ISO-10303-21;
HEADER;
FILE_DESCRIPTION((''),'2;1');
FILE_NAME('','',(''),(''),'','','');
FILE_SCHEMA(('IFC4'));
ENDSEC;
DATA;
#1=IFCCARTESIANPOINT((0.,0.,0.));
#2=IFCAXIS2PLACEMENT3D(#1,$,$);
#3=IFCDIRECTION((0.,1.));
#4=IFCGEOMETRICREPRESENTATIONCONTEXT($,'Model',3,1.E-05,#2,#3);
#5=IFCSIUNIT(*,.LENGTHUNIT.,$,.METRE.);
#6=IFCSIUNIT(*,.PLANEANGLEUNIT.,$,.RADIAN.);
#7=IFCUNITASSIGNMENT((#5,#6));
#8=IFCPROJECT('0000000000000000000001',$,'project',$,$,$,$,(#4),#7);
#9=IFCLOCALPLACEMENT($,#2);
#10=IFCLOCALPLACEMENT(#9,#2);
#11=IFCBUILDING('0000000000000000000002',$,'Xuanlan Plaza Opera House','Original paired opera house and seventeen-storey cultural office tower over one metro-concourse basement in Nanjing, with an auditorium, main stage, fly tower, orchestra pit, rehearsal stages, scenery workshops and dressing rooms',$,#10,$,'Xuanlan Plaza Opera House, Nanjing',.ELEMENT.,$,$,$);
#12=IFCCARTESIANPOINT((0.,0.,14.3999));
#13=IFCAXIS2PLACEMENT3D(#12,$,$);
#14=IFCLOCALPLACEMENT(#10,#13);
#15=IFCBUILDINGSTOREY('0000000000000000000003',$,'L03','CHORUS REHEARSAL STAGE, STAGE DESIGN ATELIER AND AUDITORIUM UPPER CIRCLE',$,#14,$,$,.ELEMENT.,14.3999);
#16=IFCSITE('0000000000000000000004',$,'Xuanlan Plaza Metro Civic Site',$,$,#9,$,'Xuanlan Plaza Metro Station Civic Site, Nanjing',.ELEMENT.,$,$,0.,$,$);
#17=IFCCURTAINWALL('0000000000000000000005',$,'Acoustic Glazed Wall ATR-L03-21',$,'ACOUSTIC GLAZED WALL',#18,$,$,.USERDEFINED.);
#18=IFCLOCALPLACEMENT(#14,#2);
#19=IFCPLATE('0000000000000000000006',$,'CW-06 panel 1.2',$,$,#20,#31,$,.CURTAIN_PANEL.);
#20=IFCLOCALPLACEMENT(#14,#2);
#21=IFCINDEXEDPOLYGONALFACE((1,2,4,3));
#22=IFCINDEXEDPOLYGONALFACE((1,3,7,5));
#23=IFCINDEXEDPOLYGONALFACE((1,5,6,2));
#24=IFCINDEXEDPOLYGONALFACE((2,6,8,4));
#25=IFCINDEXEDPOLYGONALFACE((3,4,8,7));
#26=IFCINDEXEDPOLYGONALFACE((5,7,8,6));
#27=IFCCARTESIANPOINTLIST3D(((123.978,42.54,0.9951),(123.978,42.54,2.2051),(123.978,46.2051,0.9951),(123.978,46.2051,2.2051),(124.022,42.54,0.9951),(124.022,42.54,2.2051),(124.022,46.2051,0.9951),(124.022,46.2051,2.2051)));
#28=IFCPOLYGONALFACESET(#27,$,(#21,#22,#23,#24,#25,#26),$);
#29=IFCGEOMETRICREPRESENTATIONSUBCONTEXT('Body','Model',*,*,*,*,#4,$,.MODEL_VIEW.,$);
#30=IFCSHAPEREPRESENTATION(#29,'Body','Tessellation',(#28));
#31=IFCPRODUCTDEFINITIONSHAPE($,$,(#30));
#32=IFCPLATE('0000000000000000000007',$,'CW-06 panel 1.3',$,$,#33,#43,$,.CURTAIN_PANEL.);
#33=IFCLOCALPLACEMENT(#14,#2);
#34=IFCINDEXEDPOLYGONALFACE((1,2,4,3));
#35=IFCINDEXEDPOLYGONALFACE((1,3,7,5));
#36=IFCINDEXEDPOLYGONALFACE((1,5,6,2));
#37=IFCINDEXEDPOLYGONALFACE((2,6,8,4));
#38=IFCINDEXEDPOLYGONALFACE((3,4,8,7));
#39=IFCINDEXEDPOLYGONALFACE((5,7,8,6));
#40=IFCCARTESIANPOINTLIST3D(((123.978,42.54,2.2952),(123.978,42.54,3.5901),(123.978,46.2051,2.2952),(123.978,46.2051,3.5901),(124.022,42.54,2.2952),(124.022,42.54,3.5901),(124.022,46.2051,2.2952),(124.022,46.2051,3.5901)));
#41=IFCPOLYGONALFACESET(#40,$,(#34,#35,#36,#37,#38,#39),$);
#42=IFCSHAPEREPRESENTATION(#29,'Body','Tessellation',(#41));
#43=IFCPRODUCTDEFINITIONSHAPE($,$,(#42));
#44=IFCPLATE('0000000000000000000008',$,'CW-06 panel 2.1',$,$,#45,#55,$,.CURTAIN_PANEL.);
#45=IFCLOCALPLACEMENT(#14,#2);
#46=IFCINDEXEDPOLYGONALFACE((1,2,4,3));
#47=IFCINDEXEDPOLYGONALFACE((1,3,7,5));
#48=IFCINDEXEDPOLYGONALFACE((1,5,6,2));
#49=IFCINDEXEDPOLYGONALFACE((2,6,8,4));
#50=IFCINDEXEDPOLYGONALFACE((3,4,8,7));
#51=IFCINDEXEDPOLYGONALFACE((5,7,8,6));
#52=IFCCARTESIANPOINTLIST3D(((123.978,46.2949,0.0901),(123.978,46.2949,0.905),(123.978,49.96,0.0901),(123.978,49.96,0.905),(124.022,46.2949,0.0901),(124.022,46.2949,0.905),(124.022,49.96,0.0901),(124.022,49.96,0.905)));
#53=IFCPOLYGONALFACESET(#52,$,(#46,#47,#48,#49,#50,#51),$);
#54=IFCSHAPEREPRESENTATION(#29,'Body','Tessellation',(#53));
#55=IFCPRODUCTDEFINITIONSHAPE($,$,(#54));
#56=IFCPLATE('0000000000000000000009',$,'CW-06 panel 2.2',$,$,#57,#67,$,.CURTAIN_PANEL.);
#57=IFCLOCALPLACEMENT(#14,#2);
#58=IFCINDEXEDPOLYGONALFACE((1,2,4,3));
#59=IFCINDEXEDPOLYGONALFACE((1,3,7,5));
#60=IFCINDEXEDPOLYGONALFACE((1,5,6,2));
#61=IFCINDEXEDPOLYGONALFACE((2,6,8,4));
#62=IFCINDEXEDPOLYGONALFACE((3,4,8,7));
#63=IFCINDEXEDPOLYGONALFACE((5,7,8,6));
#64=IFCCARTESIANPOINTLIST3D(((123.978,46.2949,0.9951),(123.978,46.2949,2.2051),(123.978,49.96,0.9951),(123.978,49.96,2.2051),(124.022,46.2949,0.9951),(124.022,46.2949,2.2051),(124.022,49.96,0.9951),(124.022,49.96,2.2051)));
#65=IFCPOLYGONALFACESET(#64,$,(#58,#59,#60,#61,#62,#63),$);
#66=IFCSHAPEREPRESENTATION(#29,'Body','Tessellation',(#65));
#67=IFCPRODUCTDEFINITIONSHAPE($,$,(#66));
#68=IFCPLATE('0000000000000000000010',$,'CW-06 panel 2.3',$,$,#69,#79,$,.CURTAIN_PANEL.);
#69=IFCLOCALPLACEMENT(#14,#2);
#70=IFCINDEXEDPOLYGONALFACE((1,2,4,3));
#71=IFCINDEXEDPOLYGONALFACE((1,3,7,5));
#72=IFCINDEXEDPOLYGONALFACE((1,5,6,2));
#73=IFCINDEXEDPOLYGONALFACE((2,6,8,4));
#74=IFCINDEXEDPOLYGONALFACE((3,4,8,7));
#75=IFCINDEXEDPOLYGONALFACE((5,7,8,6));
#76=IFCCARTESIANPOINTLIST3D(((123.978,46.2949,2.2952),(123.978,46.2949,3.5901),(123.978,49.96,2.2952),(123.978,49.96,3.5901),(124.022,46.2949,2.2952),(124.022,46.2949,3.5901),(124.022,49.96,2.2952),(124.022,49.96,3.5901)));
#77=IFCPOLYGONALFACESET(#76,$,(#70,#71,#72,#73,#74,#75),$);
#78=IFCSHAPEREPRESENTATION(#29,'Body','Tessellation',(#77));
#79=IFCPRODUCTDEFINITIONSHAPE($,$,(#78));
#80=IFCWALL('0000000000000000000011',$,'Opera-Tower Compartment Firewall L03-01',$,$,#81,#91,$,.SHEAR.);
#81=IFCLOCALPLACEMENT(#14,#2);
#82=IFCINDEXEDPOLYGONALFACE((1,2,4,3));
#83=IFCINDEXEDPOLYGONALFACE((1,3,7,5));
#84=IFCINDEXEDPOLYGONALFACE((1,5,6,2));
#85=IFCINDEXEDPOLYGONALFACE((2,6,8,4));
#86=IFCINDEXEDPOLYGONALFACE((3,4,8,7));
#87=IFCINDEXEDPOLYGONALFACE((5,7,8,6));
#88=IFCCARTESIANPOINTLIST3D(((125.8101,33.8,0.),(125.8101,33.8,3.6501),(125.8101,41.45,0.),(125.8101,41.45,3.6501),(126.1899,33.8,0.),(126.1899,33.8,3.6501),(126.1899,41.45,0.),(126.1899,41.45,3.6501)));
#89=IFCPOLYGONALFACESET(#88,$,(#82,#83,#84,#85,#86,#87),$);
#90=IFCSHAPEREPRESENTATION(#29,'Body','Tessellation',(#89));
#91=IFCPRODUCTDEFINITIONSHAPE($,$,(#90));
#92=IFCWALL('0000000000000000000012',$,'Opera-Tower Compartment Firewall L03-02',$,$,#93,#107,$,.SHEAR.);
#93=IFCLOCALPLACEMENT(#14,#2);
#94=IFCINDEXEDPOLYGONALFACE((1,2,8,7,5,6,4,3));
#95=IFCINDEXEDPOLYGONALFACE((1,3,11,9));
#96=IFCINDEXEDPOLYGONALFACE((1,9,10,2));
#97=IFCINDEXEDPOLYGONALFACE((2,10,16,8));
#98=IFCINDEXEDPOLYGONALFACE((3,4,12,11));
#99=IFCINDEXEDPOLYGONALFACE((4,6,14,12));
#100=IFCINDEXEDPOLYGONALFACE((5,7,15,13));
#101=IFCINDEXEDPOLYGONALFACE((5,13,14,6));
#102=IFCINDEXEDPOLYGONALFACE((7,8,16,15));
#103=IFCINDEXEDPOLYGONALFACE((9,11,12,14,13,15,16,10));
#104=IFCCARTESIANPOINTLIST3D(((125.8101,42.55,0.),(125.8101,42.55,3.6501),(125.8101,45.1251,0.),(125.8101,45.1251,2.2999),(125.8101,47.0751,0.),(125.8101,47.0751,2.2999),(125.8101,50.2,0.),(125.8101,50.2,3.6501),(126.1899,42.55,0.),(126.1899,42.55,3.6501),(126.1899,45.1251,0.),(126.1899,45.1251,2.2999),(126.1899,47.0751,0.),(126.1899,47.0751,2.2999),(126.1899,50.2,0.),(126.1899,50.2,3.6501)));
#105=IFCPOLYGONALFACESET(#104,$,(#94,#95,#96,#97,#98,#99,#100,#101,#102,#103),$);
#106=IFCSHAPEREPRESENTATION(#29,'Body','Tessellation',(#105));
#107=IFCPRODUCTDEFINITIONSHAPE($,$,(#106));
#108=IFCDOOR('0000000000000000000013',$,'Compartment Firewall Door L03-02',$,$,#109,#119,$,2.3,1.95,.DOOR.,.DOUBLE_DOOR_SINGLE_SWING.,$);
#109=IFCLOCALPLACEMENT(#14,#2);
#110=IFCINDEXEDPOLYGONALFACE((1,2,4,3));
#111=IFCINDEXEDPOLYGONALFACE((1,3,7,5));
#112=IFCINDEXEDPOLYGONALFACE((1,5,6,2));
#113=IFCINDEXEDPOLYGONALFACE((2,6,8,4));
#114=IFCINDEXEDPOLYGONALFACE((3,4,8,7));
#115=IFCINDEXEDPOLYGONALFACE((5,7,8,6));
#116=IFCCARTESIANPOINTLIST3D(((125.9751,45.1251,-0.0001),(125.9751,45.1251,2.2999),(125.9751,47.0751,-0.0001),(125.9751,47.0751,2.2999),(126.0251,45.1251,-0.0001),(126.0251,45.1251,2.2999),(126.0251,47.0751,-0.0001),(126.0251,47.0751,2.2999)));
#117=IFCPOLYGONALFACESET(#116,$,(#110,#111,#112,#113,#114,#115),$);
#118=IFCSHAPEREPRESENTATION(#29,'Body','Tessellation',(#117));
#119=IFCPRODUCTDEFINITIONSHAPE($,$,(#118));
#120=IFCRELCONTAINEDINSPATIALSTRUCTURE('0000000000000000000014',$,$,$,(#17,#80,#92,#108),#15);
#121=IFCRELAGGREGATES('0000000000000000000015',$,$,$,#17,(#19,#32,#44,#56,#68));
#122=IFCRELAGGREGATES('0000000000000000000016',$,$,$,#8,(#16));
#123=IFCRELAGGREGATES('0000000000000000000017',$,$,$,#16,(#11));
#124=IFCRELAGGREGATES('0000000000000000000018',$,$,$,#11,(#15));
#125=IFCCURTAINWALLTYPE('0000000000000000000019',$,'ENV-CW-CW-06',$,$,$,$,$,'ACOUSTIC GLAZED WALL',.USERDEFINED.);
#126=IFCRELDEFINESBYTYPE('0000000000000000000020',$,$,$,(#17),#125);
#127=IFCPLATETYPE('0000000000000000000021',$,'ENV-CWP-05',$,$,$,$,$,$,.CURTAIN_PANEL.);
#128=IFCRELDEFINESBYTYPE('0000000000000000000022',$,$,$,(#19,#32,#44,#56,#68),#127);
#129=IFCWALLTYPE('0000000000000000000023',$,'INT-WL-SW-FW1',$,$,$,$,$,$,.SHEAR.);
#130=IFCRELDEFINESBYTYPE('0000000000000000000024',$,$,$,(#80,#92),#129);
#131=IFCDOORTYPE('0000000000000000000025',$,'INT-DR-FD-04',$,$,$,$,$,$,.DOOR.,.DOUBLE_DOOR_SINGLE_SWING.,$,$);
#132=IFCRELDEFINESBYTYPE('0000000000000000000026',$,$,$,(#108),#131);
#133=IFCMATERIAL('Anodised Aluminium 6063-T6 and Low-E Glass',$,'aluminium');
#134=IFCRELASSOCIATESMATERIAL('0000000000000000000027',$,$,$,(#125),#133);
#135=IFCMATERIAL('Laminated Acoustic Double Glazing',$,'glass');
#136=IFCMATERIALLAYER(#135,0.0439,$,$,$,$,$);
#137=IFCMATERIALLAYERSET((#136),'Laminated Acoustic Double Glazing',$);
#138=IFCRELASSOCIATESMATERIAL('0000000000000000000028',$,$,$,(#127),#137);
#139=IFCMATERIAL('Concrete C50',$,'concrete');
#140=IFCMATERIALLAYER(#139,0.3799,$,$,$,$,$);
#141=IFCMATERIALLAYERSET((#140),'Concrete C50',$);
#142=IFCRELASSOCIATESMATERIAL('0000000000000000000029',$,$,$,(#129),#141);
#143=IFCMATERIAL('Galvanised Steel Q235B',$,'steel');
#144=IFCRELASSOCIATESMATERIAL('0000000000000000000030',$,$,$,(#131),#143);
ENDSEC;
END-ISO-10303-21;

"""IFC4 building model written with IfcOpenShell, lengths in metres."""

from ifc_helpers import new_model, si_unit, direction, frame, frame_2d, origin, origin_2d, place, context, subcontext, project, spatial, rectangle, extrude, material, layer, layer_set, type_object, element, fill, aggregate, save


model = new_model("IFC4")

# Units and contexts
model_context = context("Model", 3, precision=1e-05, world=origin(), true_north=direction((0.0, 1.0)))
body_context = subcontext(model_context, "Body", "Model", "MODEL_VIEW")
ifc_project = project(units=[si_unit("LENGTHUNIT", "METRE"), si_unit("PLANEANGLEUNIT", "RADIAN")], contexts=[model_context])

# Site, building, storey
site_placement = place(None, origin())
site = spatial("IfcSite", under=ifc_project, at=site_placement, Name="Xuanlan Plaza Metro Civic Site", LongName="Xuanlan Plaza Metro Station Civic Site, Nanjing", CompositionType="ELEMENT", RefElevation=0.0)
building_placement = place(site_placement, origin())
building = spatial("IfcBuilding", under=site, at=building_placement, Name="Xuanlan Plaza Opera House", Description="Original paired opera house and seventeen-storey cultural office tower over one metro-concourse basement in Nanjing, with an auditorium, main stage, fly tower, orchestra pit, rehearsal stages, scenery workshops and dressing rooms", LongName="Xuanlan Plaza Opera House, Nanjing", CompositionType="ELEMENT")
storey_placement = place(building_placement, frame((0.0, 0.0, 14.3999)))
storey = spatial("IfcBuildingStorey", under=building, at=storey_placement, Name="L03", Description="CHORUS REHEARSAL STAGE, STAGE DESIGN ATELIER AND AUDITORIUM UPPER CIRCLE", CompositionType="ELEMENT", Elevation=14.3999)

# Shared definitions
ifc_material_1 = material(Name="Concrete C50", Category="concrete")

# Curtain wall
ifc_material_2 = material(Name="Anodised Aluminium 6063-T6 and Low-E Glass", Category="aluminium")
curtain_wall_type = type_object("IfcCurtainWallType", Name="ENV-CW-CW-06", ElementType="ACOUSTIC GLAZED WALL", PredefinedType="USERDEFINED", material=ifc_material_2)
curtain_wall_placement = place(storey_placement, origin())
curtain_wall = element("IfcCurtainWall", 1, at=curtain_wall_placement, inside=storey, type_object=curtain_wall_type, Name="Acoustic Glazed Wall ATR-L03-21", ObjectType="ACOUSTIC GLAZED WALL", PredefinedType="USERDEFINED")

# Plates
ifc_material_3 = material(Name="Laminated Acoustic Double Glazing", Category="glass")
ifc_layer_1 = layer(ifc_material_3, 0.0439)
ifc_layer_set_1 = layer_set([ifc_layer_1], Name="Laminated Acoustic Double Glazing")
plate_type = type_object("IfcPlateType", Name="ENV-CWP-05", PredefinedType="CURTAIN_PANEL", material=ifc_layer_set_1)
plate_1_placement = place(storey_placement, frame((124.0, 44.3726, 0.9951), z_axis=(0.0, 0.0, 1.0), x_axis=(0.0, 1.0, 0.0)))
plate_1 = element("IfcPlate", 2, at=plate_1_placement, type_object=plate_type, Name="CW-06 panel 1.2", PredefinedType="CURTAIN_PANEL", context=body_context, shape_type="SweptSolid", body=[
    extrude(rectangle(XDim=3.665, YDim=0.0439, at=origin_2d()), origin(), (0.0, 0.0, 1.0), 1.21),
])
plate_2_placement = place(storey_placement, frame((124.0, 44.3726, 2.2952), z_axis=(0.0, 0.0, 1.0), x_axis=(0.0, 1.0, 0.0)))
plate_2 = element("IfcPlate", 3, at=plate_2_placement, type_object=plate_type, Name="CW-06 panel 1.3", PredefinedType="CURTAIN_PANEL", context=body_context, shape_type="SweptSolid", body=[
    extrude(rectangle(XDim=3.665, YDim=0.0439, at=origin_2d()), origin(), (0.0, 0.0, 1.0), 1.2949),
])
plate_3_placement = place(storey_placement, frame((124.0, 48.1274, 0.0901), z_axis=(0.0, 0.0, 1.0), x_axis=(0.0, 1.0, 0.0)))
plate_3 = element("IfcPlate", 4, at=plate_3_placement, type_object=plate_type, Name="CW-06 panel 2.1", PredefinedType="CURTAIN_PANEL", context=body_context, shape_type="SweptSolid", body=[
    extrude(rectangle(XDim=3.665, YDim=0.0439, at=origin_2d()), origin(), (0.0, 0.0, 1.0), 0.8149),
])
plate_4_placement = place(storey_placement, frame((124.0, 48.1274, 0.9951), z_axis=(0.0, 0.0, 1.0), x_axis=(0.0, 1.0, 0.0)))
plate_4 = element("IfcPlate", 5, at=plate_4_placement, type_object=plate_type, Name="CW-06 panel 2.2", PredefinedType="CURTAIN_PANEL", context=body_context, shape_type="SweptSolid", body=[
    extrude(rectangle(XDim=3.665, YDim=0.0439, at=origin_2d()), origin(), (0.0, 0.0, 1.0), 1.21),
])
plate_5_placement = place(storey_placement, frame((124.0, 48.1274, 2.2952), z_axis=(0.0, 0.0, 1.0), x_axis=(0.0, 1.0, 0.0)))
plate_5 = element("IfcPlate", 6, at=plate_5_placement, type_object=plate_type, Name="CW-06 panel 2.3", PredefinedType="CURTAIN_PANEL", context=body_context, shape_type="SweptSolid", body=[
    extrude(rectangle(XDim=3.665, YDim=0.0439, at=origin_2d()), origin(), (0.0, 0.0, 1.0), 1.2949),
])
aggregate(curtain_wall, [plate_1, plate_2, plate_3, plate_4, plate_5])

# Wall
ifc_layer_2 = layer(ifc_material_1, 0.3799)
ifc_layer_set_2 = layer_set([ifc_layer_2], Name="Concrete C50")
wall_type = type_object("IfcWallType", Name="INT-WL-SW-FW1", PredefinedType="SHEAR", material=ifc_layer_set_2)
wall_1_placement = place(storey_placement, frame((126.0, 33.8, 0.0), z_axis=(0.0, 0.0, 1.0), x_axis=(0.0, 1.0, 0.0)))
element("IfcWall", 7, at=wall_1_placement, inside=storey, type_object=wall_type, Name="Opera-Tower Compartment Firewall L03-01", PredefinedType="SHEAR", context=body_context, shape_type="SweptSolid", body=[
    extrude(rectangle(XDim=7.6499, YDim=0.3799, at=frame_2d((3.825, 0.0))), origin(), (0.0, 0.0, 1.0), 3.6501),
])

# Wall, opening, door
wall_2_placement = place(storey_placement, frame((126.0, 42.55, 0.0), z_axis=(0.0, 0.0, 1.0), x_axis=(0.0, 1.0, 0.0)))
wall_2 = element("IfcWall", 8, at=wall_2_placement, inside=storey, type_object=wall_type, Name="Opera-Tower Compartment Firewall L03-02", PredefinedType="SHEAR", context=body_context, shape_type="SweptSolid", body=[
    extrude(rectangle(XDim=7.6499, YDim=0.3799, at=frame_2d((3.825, 0.0))), origin(), (0.0, 0.0, 1.0), 3.6501),
])
opening_placement = place(wall_2_placement, frame((2.575, 0.0, 0.0)))
opening = element("IfcOpeningElement", 9, at=opening_placement, cuts=wall_2, PredefinedType="OPENING", context=body_context, shape_type="SweptSolid", body=[
    extrude(rectangle(XDim=1.95, YDim=2.3, at=frame_2d((0.9751, 1.1499))), frame((0.0, 0.2, 0.0), z_axis=(0.0, -1.0, 0.0), x_axis=(1.0, 0.0, 0.0)), (0.0, 0.0, 1.0), 0.3999),
])
ifc_material_4 = material(Name="Galvanised Steel Q235B", Category="steel")
door_type = type_object("IfcDoorType", Name="INT-DR-FD-04", OperationType="DOUBLE_DOOR_SINGLE_SWING", PredefinedType="DOOR", material=ifc_material_4)
door_placement = place(opening_placement, origin())
door = element("IfcDoor", 10, at=door_placement, inside=storey, type_object=door_type, Name="Compartment Firewall Door L03-02", OperationType="DOUBLE_DOOR_SINGLE_SWING", OverallHeight=2.3, OverallWidth=1.95, PredefinedType="DOOR", context=body_context, shape_type="SweptSolid", body=[
    extrude(rectangle(XDim=1.95, YDim=2.3, at=frame_2d((0.9751, 1.1499))), frame((0.0, 0.0249, 0.0), z_axis=(0.0, -1.0, 0.0), x_axis=(1.0, 0.0, 0.0)), (0.0, 0.0, 1.0), 0.05),
])
fill(opening, door)

save(model, "model.ifc")
